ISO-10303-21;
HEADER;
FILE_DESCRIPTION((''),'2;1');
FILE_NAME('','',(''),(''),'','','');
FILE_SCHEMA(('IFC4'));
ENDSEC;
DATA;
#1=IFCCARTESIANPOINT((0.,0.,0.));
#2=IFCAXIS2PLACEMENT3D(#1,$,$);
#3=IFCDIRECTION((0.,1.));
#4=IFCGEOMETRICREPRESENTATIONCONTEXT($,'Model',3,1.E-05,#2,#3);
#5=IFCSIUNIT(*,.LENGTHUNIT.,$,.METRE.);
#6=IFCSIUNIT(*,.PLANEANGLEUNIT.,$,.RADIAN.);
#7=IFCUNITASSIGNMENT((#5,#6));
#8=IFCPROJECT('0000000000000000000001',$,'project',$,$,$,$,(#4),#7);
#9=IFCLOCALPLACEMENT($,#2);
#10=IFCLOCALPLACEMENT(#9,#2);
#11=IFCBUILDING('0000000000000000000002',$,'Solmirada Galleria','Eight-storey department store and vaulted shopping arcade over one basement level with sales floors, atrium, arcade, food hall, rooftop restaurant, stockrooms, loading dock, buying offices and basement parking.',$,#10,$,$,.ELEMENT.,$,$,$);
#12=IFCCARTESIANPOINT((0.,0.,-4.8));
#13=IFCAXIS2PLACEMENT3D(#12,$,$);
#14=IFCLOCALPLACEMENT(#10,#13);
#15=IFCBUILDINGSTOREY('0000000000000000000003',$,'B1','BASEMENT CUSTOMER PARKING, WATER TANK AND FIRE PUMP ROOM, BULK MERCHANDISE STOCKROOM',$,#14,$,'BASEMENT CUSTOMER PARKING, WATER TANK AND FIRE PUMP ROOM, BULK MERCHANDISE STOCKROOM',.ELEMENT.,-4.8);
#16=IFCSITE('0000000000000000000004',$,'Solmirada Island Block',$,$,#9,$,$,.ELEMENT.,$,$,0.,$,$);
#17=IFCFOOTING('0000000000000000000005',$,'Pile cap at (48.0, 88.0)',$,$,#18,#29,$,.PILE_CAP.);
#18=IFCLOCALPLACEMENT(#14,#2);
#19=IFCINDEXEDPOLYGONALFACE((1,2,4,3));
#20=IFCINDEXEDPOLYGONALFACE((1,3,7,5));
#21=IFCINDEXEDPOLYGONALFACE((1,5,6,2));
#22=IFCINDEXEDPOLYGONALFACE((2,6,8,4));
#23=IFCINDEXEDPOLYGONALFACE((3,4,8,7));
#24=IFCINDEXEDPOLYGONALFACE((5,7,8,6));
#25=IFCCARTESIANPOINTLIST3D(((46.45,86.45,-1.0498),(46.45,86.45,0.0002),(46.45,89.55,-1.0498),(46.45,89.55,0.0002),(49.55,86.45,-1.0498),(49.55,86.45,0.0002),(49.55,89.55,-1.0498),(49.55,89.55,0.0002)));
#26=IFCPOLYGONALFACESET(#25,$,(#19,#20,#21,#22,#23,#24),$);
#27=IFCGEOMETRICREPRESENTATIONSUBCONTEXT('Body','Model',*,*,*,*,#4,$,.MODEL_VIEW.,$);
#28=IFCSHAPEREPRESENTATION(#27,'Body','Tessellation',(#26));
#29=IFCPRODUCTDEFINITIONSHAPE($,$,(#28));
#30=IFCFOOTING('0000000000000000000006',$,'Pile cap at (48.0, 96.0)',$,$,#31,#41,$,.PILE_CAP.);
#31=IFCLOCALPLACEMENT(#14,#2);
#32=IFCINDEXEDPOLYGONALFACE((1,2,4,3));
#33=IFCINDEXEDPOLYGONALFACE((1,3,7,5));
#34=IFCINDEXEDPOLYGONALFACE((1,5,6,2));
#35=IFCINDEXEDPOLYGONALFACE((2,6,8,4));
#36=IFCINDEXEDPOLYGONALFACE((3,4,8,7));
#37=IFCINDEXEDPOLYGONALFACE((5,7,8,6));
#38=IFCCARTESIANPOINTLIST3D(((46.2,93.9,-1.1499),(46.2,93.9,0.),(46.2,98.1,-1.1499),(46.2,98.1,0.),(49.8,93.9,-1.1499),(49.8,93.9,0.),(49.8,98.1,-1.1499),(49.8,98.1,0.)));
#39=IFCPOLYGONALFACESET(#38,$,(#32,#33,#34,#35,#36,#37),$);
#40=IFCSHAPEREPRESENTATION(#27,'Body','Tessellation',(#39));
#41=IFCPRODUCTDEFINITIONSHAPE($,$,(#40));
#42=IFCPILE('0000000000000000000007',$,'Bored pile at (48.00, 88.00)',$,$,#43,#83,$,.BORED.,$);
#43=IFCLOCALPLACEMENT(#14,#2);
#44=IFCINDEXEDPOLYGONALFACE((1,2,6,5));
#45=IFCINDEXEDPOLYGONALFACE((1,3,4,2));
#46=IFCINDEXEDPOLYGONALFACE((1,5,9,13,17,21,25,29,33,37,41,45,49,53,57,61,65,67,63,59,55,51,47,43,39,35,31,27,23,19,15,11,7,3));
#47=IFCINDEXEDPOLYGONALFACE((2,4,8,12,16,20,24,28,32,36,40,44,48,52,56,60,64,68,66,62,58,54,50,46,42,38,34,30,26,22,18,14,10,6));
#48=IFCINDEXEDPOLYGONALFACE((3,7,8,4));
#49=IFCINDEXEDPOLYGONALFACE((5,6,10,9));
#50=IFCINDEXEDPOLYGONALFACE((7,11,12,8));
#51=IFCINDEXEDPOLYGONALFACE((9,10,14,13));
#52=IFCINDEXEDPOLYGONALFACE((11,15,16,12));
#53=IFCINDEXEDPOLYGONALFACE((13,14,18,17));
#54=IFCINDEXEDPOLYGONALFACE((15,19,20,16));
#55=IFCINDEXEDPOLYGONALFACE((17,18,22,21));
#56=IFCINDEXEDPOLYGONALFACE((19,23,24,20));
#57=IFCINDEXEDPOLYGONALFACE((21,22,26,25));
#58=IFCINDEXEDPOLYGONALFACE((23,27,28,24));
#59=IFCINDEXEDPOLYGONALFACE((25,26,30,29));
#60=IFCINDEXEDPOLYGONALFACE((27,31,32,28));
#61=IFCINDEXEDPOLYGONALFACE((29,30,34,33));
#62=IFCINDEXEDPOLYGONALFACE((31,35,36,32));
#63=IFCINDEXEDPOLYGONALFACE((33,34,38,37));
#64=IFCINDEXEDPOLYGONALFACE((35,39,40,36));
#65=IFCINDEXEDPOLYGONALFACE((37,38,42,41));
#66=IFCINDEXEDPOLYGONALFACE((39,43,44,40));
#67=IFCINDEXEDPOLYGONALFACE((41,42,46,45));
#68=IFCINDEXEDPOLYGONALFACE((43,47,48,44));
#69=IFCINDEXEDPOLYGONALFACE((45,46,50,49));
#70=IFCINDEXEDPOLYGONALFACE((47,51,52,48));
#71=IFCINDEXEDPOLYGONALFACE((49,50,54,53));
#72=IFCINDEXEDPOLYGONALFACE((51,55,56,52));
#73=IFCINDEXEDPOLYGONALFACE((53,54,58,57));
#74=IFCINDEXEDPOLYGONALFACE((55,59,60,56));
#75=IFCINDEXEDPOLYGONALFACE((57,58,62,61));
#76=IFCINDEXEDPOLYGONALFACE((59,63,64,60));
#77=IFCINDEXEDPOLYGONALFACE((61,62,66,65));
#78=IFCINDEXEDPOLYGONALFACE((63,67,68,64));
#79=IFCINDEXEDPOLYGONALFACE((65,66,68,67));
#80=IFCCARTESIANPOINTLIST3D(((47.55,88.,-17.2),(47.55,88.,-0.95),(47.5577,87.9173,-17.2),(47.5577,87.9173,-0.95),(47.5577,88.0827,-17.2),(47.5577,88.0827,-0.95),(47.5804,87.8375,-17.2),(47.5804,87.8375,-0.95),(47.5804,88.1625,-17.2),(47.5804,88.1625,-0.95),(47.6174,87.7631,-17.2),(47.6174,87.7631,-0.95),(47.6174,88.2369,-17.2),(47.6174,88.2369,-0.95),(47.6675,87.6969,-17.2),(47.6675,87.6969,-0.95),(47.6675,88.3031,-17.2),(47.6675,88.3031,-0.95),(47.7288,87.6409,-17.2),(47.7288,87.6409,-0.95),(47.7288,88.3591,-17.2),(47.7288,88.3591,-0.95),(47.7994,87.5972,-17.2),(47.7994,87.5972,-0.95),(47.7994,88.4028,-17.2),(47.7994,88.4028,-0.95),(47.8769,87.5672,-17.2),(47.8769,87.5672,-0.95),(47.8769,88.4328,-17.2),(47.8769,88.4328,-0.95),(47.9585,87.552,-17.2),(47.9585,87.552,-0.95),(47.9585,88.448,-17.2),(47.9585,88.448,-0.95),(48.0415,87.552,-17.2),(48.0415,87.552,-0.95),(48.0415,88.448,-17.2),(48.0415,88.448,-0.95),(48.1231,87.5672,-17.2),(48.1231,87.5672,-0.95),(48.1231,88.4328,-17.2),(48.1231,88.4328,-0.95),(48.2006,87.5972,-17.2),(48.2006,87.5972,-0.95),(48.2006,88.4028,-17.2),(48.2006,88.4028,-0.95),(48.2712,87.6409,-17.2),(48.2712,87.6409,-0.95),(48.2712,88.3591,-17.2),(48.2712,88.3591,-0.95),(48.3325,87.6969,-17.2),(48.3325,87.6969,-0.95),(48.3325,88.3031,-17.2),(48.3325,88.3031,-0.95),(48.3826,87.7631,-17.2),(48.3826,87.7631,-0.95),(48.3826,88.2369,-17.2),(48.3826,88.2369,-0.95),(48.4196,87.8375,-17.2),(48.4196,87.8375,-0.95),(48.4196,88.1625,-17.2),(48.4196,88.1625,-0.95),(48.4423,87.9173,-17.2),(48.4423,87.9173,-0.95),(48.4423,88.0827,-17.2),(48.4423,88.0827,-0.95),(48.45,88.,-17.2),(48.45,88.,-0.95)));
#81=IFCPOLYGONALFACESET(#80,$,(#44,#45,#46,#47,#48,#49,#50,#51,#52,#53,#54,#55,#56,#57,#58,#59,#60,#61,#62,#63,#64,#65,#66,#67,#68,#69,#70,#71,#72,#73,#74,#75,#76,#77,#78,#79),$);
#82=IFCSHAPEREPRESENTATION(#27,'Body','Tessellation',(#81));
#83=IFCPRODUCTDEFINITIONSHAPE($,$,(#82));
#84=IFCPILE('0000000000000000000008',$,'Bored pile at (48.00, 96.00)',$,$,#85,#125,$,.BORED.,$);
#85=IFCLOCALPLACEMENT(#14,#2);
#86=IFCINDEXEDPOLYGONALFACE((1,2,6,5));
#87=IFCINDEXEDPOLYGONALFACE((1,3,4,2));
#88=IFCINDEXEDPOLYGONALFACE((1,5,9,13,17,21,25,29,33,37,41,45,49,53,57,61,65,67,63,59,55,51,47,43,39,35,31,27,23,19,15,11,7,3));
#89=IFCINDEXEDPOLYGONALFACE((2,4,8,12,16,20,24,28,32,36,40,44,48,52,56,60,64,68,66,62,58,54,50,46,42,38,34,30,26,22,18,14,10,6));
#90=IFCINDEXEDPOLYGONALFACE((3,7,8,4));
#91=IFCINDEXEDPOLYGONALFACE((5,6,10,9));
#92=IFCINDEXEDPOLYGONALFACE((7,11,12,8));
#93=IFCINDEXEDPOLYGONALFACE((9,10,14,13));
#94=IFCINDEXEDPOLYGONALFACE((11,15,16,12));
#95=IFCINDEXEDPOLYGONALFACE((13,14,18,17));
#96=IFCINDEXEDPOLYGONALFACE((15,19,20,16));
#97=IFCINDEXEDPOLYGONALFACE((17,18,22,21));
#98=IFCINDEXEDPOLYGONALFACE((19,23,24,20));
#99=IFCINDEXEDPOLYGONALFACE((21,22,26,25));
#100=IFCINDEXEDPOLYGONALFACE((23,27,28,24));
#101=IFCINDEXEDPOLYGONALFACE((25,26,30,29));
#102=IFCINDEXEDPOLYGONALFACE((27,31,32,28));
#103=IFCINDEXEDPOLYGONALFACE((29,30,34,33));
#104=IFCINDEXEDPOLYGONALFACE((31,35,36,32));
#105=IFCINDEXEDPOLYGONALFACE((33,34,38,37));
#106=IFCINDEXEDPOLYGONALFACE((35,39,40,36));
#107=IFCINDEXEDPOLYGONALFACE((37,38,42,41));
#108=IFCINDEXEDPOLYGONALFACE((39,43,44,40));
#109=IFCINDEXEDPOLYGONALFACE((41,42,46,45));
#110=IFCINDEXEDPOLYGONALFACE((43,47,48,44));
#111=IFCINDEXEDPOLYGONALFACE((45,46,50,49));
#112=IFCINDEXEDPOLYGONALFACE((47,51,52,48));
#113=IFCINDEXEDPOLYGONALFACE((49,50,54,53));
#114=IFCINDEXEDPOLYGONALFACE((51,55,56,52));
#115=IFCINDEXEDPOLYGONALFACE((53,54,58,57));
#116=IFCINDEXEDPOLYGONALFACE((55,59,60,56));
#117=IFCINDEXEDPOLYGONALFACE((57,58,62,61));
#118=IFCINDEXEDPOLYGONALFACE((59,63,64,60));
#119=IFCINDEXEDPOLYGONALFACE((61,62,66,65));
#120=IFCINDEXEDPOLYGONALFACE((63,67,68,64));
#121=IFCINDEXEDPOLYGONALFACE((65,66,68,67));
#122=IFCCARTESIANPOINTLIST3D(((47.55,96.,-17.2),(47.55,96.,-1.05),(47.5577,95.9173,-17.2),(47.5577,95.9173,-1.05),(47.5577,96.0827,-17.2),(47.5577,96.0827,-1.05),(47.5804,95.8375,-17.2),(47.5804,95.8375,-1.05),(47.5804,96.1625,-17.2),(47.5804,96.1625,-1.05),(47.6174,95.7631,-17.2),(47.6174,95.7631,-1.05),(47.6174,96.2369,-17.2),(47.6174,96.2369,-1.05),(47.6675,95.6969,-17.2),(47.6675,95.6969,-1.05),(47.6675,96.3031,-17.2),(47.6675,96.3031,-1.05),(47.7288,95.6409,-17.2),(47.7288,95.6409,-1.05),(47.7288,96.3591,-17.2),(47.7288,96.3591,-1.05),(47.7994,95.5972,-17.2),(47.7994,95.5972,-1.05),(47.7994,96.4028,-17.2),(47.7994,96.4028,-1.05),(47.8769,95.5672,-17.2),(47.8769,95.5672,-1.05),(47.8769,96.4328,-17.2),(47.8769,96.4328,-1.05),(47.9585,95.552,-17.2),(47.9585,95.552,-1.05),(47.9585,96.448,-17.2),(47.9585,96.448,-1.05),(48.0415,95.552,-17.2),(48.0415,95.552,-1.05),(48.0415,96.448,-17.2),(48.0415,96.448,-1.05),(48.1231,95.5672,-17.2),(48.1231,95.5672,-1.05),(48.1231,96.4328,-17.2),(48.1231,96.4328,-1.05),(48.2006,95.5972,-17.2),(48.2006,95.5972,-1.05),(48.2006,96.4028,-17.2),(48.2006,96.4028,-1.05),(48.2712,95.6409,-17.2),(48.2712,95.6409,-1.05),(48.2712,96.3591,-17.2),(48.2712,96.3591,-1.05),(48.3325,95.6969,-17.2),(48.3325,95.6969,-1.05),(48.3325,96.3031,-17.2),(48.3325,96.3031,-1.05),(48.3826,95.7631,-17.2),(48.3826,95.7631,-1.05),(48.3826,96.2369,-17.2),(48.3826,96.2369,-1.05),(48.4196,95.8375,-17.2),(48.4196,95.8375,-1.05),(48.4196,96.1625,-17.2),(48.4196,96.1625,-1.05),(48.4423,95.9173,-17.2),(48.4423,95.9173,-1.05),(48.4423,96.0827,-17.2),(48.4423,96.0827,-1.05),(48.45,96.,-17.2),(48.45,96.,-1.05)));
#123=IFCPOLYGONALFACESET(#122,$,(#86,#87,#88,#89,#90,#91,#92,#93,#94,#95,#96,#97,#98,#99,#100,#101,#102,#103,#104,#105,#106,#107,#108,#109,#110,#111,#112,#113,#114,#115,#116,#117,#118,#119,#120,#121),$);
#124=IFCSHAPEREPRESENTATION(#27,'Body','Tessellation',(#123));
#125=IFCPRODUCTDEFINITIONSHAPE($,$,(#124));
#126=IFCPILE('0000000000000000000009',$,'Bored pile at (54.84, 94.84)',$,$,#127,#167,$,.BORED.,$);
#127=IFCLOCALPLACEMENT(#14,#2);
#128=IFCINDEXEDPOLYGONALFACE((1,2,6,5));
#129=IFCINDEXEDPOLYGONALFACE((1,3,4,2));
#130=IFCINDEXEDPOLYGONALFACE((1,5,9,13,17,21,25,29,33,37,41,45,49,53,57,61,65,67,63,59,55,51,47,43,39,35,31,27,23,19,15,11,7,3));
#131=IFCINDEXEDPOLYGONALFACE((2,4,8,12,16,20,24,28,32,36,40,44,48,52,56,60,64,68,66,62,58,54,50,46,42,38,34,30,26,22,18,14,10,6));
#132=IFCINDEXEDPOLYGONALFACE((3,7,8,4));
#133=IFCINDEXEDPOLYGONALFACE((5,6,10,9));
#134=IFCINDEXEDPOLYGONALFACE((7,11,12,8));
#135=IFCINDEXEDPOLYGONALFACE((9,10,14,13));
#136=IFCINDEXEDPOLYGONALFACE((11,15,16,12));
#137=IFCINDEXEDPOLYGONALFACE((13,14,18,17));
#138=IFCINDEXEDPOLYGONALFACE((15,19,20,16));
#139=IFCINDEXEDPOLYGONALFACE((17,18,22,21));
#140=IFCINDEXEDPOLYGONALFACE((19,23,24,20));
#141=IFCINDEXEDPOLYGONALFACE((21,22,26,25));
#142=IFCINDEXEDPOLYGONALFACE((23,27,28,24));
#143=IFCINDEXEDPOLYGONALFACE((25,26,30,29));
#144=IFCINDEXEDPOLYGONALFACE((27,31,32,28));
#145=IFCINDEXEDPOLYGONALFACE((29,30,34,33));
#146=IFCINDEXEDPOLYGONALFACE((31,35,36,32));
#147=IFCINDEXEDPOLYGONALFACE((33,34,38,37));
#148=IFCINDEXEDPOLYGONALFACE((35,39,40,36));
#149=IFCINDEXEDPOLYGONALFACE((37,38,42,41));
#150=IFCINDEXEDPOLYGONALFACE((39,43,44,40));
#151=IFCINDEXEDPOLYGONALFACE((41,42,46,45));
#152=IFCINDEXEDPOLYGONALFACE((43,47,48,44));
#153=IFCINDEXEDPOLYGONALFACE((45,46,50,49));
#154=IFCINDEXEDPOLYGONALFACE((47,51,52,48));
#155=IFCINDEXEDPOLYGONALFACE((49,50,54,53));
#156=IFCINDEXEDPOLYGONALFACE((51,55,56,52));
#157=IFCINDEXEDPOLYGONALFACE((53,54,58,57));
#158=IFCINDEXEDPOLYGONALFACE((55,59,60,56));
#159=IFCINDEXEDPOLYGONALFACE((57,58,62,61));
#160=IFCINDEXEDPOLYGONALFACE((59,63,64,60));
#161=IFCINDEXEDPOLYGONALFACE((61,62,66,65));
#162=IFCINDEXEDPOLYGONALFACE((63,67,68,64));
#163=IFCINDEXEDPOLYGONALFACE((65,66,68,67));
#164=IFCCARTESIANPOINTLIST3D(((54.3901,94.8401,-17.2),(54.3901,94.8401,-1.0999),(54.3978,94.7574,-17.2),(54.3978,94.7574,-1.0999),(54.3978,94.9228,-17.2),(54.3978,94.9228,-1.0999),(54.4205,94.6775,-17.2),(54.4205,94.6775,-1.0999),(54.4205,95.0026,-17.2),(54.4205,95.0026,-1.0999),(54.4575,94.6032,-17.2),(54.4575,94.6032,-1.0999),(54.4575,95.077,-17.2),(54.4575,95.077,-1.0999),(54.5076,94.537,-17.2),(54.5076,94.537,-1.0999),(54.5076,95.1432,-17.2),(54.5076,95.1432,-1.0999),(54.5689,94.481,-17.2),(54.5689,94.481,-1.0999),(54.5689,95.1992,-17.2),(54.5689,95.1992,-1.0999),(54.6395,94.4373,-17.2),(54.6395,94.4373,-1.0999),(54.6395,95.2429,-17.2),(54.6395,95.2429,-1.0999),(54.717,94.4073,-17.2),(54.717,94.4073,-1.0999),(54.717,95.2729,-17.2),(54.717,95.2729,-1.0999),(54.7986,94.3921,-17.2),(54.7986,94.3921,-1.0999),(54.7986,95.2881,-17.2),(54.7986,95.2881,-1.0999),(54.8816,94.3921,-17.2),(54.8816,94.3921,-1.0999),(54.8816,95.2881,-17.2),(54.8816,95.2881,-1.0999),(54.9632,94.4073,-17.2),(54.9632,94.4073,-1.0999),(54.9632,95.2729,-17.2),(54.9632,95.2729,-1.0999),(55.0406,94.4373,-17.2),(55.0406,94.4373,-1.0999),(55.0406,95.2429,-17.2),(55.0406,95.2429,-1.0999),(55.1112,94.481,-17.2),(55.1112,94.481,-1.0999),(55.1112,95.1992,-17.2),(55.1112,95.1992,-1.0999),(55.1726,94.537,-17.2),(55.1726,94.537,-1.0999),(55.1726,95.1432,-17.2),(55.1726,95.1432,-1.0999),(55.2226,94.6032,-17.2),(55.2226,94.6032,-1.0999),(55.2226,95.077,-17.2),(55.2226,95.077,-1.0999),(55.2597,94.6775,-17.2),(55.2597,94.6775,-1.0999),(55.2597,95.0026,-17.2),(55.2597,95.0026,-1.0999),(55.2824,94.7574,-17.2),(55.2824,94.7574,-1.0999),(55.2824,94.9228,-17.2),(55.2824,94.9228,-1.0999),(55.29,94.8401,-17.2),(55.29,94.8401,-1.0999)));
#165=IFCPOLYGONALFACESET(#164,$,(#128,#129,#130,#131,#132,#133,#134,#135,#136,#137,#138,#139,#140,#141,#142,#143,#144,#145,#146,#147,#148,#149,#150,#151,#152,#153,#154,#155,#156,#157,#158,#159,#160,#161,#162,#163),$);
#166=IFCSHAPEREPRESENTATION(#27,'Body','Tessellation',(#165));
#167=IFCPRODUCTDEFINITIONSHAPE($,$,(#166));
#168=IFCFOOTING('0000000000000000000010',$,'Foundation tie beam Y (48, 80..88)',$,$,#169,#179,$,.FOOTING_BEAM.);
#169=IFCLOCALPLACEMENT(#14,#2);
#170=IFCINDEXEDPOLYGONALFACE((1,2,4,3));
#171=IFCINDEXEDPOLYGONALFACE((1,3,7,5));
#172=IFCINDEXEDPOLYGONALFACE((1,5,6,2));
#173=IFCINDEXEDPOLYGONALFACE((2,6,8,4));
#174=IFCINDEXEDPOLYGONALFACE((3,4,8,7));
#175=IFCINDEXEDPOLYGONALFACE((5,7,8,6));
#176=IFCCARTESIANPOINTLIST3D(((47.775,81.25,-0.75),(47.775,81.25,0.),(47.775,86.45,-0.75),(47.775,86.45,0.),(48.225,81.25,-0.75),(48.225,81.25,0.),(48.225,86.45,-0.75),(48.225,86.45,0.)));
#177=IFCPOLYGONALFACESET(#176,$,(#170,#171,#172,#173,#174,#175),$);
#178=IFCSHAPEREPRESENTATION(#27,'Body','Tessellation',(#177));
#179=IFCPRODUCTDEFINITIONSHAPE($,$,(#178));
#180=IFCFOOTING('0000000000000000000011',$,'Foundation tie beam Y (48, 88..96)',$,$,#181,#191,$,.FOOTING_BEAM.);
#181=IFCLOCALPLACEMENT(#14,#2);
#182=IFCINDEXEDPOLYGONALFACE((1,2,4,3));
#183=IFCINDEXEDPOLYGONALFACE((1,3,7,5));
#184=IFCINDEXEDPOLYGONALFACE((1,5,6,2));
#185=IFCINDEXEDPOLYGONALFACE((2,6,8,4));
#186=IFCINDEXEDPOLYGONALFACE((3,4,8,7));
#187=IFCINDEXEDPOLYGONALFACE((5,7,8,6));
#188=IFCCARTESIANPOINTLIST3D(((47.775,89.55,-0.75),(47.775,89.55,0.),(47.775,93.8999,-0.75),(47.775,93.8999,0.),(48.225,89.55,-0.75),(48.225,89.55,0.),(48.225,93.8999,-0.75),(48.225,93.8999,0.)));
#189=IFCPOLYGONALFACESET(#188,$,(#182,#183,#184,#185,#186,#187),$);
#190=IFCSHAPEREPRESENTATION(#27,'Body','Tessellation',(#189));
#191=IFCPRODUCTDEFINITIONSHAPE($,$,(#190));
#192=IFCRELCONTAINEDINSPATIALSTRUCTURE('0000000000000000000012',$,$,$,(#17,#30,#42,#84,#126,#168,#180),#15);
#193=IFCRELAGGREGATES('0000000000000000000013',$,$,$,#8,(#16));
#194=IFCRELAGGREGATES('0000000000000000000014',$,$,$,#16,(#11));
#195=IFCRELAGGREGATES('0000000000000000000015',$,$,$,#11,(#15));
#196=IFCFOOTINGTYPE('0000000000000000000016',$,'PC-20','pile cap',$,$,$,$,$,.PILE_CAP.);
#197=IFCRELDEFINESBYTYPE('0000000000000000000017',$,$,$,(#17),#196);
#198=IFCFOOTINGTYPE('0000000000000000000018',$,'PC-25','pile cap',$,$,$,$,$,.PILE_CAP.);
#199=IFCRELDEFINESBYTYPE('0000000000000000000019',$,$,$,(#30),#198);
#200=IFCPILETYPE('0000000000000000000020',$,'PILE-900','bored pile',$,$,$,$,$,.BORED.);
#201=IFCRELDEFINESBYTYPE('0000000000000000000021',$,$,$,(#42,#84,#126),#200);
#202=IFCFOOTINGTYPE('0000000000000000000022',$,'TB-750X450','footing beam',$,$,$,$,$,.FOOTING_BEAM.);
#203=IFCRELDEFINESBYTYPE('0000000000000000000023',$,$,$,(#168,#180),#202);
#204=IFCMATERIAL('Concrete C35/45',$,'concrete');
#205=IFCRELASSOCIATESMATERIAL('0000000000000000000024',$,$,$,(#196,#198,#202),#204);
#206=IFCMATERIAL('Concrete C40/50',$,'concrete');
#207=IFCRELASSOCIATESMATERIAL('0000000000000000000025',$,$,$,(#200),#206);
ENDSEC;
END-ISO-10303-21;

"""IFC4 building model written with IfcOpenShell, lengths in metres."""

from ifc_helpers import new_model, si_unit, direction, frame, origin, origin_2d, place, context, subcontext, project, spatial, rectangle, circle, extrude, material, material_profile, profile_set, type_object, element, save


model = new_model("IFC4")

# Units and contexts
model_context = context("Model", 3, precision=1e-05, world=origin(), true_north=direction((0.0, 1.0)))
body_context = subcontext(model_context, "Body", "Model", "MODEL_VIEW")
ifc_project = project(units=[si_unit("LENGTHUNIT", "METRE"), si_unit("PLANEANGLEUNIT", "RADIAN")], contexts=[model_context])

# Site, building, storey
site_placement = place(None, origin())
site = spatial("IfcSite", under=ifc_project, at=site_placement, Name="Solmirada Island Block", CompositionType="ELEMENT", RefElevation=0.0)
building_placement = place(site_placement, origin())
building = spatial("IfcBuilding", under=site, at=building_placement, Name="Solmirada Galleria", Description="Eight-storey department store and vaulted shopping arcade over one basement level with sales floors, atrium, arcade, food hall, rooftop restaurant, stockrooms, loading dock, buying offices and basement parking.", CompositionType="ELEMENT")
storey_placement = place(building_placement, frame((0.0, 0.0, -4.8)))
storey = spatial("IfcBuildingStorey", under=building, at=storey_placement, Name="B1", Description="BASEMENT CUSTOMER PARKING, WATER TANK AND FIRE PUMP ROOM, BULK MERCHANDISE STOCKROOM", LongName="BASEMENT CUSTOMER PARKING, WATER TANK AND FIRE PUMP ROOM, BULK MERCHANDISE STOCKROOM", CompositionType="ELEMENT", Elevation=-4.8)

# Footings
ifc_material_1 = material(Name="Concrete C35/45", Category="concrete")
footing_type_1 = type_object("IfcFootingType", Name="PC-20", Description="pile cap", PredefinedType="PILE_CAP", material=ifc_material_1)
footing_1_placement = place(storey_placement, frame((48.0, 88.0, -1.0498), z_axis=(0.0, 0.0, 1.0), x_axis=(1.0, 0.0, 0.0)))
element("IfcFooting", 1, at=footing_1_placement, inside=storey, type_object=footing_type_1, Name="Pile cap at (48.0, 88.0)", PredefinedType="PILE_CAP", context=body_context, shape_type="SweptSolid", body=[
    extrude(rectangle(XDim=3.1001, YDim=3.1001, at=origin_2d()), origin(), (0.0, 0.0, 1.0), 1.05),
])
footing_type_2 = type_object("IfcFootingType", Name="PC-25", Description="pile cap", PredefinedType="PILE_CAP", material=ifc_material_1)
footing_2_placement = place(storey_placement, frame((48.0, 96.0, -1.1499), z_axis=(0.0, 0.0, 1.0), x_axis=(1.0, 0.0, 0.0)))
element("IfcFooting", 2, at=footing_2_placement, inside=storey, type_object=footing_type_2, Name="Pile cap at (48.0, 96.0)", PredefinedType="PILE_CAP", context=body_context, shape_type="SweptSolid", body=[
    extrude(rectangle(XDim=3.6001, YDim=4.2, at=origin_2d()), origin(), (0.0, 0.0, 1.0), 1.1499),
])

# Piles
ifc_material_2 = material(Name="Concrete C40/50", Category="concrete")
ifc_material_profile_1 = material_profile(ifc_material_2, circle(Radius=0.45, at=origin_2d()), Name="PILE900")
ifc_profile_set_1 = profile_set([ifc_material_profile_1], Name="Concrete C40/50")
pile_type = type_object("IfcPileType", Name="PILE-900", Description="bored pile", PredefinedType="BORED", material=ifc_profile_set_1)
pile_1_placement = place(storey_placement, frame((48.0, 88.0, -0.95), z_axis=(0.0, 0.0, -1.0), x_axis=(1.0, 0.0, 0.0)))
element("IfcPile", 3, at=pile_1_placement, inside=storey, type_object=pile_type, Name="Bored pile at (48.00, 88.00)", PredefinedType="BORED", context=body_context, shape_type="SweptSolid", body=[
    extrude(circle(Radius=0.45, at=origin_2d()), origin(), (0.0, 0.0, 1.0), 16.25),
])
pile_2_placement = place(storey_placement, frame((48.0, 96.0, -1.05), z_axis=(0.0, 0.0, -1.0), x_axis=(1.0, 0.0, 0.0)))
element("IfcPile", 4, at=pile_2_placement, inside=storey, type_object=pile_type, Name="Bored pile at (48.00, 96.00)", PredefinedType="BORED", context=body_context, shape_type="SweptSolid", body=[
    extrude(circle(Radius=0.45, at=origin_2d()), origin(), (0.0, 0.0, 1.0), 16.1499),
])
pile_3_placement = place(storey_placement, frame((54.8401, 94.8401, -1.0999), z_axis=(0.0, 0.0, -1.0), x_axis=(1.0, 0.0, 0.0)))
element("IfcPile", 5, at=pile_3_placement, inside=storey, type_object=pile_type, Name="Bored pile at (54.84, 94.84)", PredefinedType="BORED", context=body_context, shape_type="SweptSolid", body=[
    extrude(circle(Radius=0.45, at=origin_2d()), origin(), (0.0, 0.0, 1.0), 16.1001),
])

# Footings
ifc_material_profile_2 = material_profile(ifc_material_1, rectangle(XDim=0.45, YDim=0.75, at=origin_2d()), Name="RC750X450")
ifc_profile_set_2 = profile_set([ifc_material_profile_2], Name="Concrete C35/45")
footing_type_3 = type_object("IfcFootingType", Name="TB-750X450", Description="footing beam", PredefinedType="FOOTING_BEAM", material=ifc_profile_set_2)
footing_3_placement = place(storey_placement, frame((48.0, 81.25, -0.375), z_axis=(0.0, 1.0, 0.0), x_axis=(-1.0, 0.0, 0.0)))
element("IfcFooting", 6, at=footing_3_placement, inside=storey, type_object=footing_type_3, Name="Foundation tie beam Y (48, 80..88)", PredefinedType="FOOTING_BEAM", context=body_context, shape_type="SweptSolid", body=[
    extrude(rectangle(XDim=0.45, YDim=0.75, at=origin_2d()), origin(), (0.0, 0.0, 1.0), 5.2),
])
footing_4_placement = place(storey_placement, frame((48.0, 89.55, -0.375), z_axis=(0.0, 1.0, 0.0), x_axis=(-1.0, 0.0, 0.0)))
element("IfcFooting", 7, at=footing_4_placement, inside=storey, type_object=footing_type_3, Name="Foundation tie beam Y (48, 88..96)", PredefinedType="FOOTING_BEAM", context=body_context, shape_type="SweptSolid", body=[
    extrude(rectangle(XDim=0.45, YDim=0.75, at=origin_2d()), origin(), (0.0, 0.0, 1.0), 4.3499),
])

save(model, "model.ifc")
